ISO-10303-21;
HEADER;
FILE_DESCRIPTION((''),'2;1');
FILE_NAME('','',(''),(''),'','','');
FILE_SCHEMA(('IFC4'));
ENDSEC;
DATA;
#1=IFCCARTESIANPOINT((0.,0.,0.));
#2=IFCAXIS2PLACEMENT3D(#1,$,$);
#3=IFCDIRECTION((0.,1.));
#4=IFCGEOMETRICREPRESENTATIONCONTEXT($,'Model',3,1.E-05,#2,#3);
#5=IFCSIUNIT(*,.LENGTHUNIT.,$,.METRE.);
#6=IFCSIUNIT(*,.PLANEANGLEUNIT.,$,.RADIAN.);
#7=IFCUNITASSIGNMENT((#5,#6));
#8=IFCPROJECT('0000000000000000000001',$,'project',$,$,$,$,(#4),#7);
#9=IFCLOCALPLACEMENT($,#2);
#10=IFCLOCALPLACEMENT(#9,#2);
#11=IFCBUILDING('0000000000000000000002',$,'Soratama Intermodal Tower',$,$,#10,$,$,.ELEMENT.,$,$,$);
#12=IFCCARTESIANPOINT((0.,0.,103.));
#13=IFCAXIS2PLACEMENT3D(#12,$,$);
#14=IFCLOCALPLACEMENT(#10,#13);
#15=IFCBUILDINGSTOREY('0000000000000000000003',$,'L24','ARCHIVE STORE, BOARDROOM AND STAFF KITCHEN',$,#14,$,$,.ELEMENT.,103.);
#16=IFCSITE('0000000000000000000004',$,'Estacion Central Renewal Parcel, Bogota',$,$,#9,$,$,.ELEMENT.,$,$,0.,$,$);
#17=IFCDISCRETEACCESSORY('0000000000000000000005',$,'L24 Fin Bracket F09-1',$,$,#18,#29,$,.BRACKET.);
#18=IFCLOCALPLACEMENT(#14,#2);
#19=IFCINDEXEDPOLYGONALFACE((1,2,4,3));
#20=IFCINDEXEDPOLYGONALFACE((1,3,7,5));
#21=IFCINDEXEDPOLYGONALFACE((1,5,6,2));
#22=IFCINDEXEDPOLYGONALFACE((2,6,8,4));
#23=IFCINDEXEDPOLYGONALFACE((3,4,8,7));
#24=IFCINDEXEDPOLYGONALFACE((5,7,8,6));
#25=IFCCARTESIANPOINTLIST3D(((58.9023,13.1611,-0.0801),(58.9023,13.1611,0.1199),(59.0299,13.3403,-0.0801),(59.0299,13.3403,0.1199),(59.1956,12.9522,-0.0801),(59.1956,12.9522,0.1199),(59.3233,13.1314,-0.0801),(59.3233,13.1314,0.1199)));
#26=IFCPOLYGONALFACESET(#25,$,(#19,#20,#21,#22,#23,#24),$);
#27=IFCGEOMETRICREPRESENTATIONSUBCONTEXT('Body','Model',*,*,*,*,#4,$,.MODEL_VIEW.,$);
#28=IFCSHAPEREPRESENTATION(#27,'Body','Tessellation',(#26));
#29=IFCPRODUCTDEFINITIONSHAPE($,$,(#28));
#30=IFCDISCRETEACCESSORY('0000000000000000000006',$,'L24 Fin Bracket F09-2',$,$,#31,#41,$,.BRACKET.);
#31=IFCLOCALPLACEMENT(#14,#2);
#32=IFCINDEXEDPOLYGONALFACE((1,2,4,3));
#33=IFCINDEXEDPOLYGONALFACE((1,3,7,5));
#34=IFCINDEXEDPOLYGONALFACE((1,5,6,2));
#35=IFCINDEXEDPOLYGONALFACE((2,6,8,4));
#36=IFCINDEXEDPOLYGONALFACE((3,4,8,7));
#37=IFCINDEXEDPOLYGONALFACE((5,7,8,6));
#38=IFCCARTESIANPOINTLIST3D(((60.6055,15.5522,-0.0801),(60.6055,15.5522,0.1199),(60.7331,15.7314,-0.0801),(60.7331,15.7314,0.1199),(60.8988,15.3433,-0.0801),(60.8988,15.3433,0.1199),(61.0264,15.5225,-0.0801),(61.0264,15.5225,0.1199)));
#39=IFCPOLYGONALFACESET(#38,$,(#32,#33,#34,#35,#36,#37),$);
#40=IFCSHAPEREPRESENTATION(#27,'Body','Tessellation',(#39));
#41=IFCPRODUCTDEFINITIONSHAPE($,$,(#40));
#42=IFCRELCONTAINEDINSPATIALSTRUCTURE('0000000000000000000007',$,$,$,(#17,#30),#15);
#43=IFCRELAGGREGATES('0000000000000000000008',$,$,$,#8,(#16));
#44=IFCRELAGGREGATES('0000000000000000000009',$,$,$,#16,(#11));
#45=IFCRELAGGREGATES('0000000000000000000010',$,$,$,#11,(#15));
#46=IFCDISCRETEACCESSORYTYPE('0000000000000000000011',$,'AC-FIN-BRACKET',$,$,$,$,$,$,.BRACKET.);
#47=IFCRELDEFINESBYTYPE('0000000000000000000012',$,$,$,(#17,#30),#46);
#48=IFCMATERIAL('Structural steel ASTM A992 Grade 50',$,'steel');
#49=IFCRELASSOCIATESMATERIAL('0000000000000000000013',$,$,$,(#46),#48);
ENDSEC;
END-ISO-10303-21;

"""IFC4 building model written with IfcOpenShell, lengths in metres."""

from ifc_helpers import new_model, si_unit, direction, frame, origin, origin_2d, place, context, subcontext, project, spatial, rectangle, extrude, material, type_object, element, save


model = new_model("IFC4")

# Units and contexts
model_context = context("Model", 3, precision=1e-05, world=origin(), true_north=direction((0.0, 1.0)))
body_context = subcontext(model_context, "Body", "Model", "MODEL_VIEW")
ifc_project = project(units=[si_unit("LENGTHUNIT", "METRE"), si_unit("PLANEANGLEUNIT", "RADIAN")], contexts=[model_context])

# Site, building, storey
site_placement = place(None, origin())
site = spatial("IfcSite", under=ifc_project, at=site_placement, Name="Estacion Central Renewal Parcel, Bogota", CompositionType="ELEMENT", RefElevation=0.0)
building_placement = place(site_placement, origin())
building = spatial("IfcBuilding", under=site, at=building_placement, Name="Soratama Intermodal Tower", CompositionType="ELEMENT")
storey_placement = place(building_placement, frame((0.0, 0.0, 103.0)))
storey = spatial("IfcBuildingStorey", under=building, at=storey_placement, Name="L24", Description="ARCHIVE STORE, BOARDROOM AND STAFF KITCHEN", CompositionType="ELEMENT", Elevation=103.0)

# Discrete accessories
ifc_material_1 = material(Name="Structural steel ASTM A992 Grade 50", Category="steel")
discrete_accessory_type = type_object("IfcDiscreteAccessoryType", Name="AC-FIN-BRACKET", PredefinedType="BRACKET", material=ifc_material_1)
for number, where, z_axis, x_axis, name in (
    (1, (59.1128, 13.1462, -0.0801), (0.0, 0.0, 1.0), (0.814521, -0.580134, 0.0), "L24 Fin Bracket F09-1"),
    (2, (60.8159, 15.5374, -0.0801), (0.0, 0.0, 1.0), (0.814521, -0.580134, 0.0), "L24 Fin Bracket F09-2"),
):
    element("IfcDiscreteAccessory", number, at=place(storey_placement, frame(where, z_axis=z_axis, x_axis=x_axis)), inside=storey, type_object=discrete_accessory_type, Name=name, PredefinedType="BRACKET", context=body_context, shape_type="SweptSolid", body=[
        extrude(rectangle(XDim=0.3601, YDim=0.22, at=origin_2d()), origin(), (0.0, 0.0, 1.0), 0.2),
    ])

save(model, "model.ifc")
